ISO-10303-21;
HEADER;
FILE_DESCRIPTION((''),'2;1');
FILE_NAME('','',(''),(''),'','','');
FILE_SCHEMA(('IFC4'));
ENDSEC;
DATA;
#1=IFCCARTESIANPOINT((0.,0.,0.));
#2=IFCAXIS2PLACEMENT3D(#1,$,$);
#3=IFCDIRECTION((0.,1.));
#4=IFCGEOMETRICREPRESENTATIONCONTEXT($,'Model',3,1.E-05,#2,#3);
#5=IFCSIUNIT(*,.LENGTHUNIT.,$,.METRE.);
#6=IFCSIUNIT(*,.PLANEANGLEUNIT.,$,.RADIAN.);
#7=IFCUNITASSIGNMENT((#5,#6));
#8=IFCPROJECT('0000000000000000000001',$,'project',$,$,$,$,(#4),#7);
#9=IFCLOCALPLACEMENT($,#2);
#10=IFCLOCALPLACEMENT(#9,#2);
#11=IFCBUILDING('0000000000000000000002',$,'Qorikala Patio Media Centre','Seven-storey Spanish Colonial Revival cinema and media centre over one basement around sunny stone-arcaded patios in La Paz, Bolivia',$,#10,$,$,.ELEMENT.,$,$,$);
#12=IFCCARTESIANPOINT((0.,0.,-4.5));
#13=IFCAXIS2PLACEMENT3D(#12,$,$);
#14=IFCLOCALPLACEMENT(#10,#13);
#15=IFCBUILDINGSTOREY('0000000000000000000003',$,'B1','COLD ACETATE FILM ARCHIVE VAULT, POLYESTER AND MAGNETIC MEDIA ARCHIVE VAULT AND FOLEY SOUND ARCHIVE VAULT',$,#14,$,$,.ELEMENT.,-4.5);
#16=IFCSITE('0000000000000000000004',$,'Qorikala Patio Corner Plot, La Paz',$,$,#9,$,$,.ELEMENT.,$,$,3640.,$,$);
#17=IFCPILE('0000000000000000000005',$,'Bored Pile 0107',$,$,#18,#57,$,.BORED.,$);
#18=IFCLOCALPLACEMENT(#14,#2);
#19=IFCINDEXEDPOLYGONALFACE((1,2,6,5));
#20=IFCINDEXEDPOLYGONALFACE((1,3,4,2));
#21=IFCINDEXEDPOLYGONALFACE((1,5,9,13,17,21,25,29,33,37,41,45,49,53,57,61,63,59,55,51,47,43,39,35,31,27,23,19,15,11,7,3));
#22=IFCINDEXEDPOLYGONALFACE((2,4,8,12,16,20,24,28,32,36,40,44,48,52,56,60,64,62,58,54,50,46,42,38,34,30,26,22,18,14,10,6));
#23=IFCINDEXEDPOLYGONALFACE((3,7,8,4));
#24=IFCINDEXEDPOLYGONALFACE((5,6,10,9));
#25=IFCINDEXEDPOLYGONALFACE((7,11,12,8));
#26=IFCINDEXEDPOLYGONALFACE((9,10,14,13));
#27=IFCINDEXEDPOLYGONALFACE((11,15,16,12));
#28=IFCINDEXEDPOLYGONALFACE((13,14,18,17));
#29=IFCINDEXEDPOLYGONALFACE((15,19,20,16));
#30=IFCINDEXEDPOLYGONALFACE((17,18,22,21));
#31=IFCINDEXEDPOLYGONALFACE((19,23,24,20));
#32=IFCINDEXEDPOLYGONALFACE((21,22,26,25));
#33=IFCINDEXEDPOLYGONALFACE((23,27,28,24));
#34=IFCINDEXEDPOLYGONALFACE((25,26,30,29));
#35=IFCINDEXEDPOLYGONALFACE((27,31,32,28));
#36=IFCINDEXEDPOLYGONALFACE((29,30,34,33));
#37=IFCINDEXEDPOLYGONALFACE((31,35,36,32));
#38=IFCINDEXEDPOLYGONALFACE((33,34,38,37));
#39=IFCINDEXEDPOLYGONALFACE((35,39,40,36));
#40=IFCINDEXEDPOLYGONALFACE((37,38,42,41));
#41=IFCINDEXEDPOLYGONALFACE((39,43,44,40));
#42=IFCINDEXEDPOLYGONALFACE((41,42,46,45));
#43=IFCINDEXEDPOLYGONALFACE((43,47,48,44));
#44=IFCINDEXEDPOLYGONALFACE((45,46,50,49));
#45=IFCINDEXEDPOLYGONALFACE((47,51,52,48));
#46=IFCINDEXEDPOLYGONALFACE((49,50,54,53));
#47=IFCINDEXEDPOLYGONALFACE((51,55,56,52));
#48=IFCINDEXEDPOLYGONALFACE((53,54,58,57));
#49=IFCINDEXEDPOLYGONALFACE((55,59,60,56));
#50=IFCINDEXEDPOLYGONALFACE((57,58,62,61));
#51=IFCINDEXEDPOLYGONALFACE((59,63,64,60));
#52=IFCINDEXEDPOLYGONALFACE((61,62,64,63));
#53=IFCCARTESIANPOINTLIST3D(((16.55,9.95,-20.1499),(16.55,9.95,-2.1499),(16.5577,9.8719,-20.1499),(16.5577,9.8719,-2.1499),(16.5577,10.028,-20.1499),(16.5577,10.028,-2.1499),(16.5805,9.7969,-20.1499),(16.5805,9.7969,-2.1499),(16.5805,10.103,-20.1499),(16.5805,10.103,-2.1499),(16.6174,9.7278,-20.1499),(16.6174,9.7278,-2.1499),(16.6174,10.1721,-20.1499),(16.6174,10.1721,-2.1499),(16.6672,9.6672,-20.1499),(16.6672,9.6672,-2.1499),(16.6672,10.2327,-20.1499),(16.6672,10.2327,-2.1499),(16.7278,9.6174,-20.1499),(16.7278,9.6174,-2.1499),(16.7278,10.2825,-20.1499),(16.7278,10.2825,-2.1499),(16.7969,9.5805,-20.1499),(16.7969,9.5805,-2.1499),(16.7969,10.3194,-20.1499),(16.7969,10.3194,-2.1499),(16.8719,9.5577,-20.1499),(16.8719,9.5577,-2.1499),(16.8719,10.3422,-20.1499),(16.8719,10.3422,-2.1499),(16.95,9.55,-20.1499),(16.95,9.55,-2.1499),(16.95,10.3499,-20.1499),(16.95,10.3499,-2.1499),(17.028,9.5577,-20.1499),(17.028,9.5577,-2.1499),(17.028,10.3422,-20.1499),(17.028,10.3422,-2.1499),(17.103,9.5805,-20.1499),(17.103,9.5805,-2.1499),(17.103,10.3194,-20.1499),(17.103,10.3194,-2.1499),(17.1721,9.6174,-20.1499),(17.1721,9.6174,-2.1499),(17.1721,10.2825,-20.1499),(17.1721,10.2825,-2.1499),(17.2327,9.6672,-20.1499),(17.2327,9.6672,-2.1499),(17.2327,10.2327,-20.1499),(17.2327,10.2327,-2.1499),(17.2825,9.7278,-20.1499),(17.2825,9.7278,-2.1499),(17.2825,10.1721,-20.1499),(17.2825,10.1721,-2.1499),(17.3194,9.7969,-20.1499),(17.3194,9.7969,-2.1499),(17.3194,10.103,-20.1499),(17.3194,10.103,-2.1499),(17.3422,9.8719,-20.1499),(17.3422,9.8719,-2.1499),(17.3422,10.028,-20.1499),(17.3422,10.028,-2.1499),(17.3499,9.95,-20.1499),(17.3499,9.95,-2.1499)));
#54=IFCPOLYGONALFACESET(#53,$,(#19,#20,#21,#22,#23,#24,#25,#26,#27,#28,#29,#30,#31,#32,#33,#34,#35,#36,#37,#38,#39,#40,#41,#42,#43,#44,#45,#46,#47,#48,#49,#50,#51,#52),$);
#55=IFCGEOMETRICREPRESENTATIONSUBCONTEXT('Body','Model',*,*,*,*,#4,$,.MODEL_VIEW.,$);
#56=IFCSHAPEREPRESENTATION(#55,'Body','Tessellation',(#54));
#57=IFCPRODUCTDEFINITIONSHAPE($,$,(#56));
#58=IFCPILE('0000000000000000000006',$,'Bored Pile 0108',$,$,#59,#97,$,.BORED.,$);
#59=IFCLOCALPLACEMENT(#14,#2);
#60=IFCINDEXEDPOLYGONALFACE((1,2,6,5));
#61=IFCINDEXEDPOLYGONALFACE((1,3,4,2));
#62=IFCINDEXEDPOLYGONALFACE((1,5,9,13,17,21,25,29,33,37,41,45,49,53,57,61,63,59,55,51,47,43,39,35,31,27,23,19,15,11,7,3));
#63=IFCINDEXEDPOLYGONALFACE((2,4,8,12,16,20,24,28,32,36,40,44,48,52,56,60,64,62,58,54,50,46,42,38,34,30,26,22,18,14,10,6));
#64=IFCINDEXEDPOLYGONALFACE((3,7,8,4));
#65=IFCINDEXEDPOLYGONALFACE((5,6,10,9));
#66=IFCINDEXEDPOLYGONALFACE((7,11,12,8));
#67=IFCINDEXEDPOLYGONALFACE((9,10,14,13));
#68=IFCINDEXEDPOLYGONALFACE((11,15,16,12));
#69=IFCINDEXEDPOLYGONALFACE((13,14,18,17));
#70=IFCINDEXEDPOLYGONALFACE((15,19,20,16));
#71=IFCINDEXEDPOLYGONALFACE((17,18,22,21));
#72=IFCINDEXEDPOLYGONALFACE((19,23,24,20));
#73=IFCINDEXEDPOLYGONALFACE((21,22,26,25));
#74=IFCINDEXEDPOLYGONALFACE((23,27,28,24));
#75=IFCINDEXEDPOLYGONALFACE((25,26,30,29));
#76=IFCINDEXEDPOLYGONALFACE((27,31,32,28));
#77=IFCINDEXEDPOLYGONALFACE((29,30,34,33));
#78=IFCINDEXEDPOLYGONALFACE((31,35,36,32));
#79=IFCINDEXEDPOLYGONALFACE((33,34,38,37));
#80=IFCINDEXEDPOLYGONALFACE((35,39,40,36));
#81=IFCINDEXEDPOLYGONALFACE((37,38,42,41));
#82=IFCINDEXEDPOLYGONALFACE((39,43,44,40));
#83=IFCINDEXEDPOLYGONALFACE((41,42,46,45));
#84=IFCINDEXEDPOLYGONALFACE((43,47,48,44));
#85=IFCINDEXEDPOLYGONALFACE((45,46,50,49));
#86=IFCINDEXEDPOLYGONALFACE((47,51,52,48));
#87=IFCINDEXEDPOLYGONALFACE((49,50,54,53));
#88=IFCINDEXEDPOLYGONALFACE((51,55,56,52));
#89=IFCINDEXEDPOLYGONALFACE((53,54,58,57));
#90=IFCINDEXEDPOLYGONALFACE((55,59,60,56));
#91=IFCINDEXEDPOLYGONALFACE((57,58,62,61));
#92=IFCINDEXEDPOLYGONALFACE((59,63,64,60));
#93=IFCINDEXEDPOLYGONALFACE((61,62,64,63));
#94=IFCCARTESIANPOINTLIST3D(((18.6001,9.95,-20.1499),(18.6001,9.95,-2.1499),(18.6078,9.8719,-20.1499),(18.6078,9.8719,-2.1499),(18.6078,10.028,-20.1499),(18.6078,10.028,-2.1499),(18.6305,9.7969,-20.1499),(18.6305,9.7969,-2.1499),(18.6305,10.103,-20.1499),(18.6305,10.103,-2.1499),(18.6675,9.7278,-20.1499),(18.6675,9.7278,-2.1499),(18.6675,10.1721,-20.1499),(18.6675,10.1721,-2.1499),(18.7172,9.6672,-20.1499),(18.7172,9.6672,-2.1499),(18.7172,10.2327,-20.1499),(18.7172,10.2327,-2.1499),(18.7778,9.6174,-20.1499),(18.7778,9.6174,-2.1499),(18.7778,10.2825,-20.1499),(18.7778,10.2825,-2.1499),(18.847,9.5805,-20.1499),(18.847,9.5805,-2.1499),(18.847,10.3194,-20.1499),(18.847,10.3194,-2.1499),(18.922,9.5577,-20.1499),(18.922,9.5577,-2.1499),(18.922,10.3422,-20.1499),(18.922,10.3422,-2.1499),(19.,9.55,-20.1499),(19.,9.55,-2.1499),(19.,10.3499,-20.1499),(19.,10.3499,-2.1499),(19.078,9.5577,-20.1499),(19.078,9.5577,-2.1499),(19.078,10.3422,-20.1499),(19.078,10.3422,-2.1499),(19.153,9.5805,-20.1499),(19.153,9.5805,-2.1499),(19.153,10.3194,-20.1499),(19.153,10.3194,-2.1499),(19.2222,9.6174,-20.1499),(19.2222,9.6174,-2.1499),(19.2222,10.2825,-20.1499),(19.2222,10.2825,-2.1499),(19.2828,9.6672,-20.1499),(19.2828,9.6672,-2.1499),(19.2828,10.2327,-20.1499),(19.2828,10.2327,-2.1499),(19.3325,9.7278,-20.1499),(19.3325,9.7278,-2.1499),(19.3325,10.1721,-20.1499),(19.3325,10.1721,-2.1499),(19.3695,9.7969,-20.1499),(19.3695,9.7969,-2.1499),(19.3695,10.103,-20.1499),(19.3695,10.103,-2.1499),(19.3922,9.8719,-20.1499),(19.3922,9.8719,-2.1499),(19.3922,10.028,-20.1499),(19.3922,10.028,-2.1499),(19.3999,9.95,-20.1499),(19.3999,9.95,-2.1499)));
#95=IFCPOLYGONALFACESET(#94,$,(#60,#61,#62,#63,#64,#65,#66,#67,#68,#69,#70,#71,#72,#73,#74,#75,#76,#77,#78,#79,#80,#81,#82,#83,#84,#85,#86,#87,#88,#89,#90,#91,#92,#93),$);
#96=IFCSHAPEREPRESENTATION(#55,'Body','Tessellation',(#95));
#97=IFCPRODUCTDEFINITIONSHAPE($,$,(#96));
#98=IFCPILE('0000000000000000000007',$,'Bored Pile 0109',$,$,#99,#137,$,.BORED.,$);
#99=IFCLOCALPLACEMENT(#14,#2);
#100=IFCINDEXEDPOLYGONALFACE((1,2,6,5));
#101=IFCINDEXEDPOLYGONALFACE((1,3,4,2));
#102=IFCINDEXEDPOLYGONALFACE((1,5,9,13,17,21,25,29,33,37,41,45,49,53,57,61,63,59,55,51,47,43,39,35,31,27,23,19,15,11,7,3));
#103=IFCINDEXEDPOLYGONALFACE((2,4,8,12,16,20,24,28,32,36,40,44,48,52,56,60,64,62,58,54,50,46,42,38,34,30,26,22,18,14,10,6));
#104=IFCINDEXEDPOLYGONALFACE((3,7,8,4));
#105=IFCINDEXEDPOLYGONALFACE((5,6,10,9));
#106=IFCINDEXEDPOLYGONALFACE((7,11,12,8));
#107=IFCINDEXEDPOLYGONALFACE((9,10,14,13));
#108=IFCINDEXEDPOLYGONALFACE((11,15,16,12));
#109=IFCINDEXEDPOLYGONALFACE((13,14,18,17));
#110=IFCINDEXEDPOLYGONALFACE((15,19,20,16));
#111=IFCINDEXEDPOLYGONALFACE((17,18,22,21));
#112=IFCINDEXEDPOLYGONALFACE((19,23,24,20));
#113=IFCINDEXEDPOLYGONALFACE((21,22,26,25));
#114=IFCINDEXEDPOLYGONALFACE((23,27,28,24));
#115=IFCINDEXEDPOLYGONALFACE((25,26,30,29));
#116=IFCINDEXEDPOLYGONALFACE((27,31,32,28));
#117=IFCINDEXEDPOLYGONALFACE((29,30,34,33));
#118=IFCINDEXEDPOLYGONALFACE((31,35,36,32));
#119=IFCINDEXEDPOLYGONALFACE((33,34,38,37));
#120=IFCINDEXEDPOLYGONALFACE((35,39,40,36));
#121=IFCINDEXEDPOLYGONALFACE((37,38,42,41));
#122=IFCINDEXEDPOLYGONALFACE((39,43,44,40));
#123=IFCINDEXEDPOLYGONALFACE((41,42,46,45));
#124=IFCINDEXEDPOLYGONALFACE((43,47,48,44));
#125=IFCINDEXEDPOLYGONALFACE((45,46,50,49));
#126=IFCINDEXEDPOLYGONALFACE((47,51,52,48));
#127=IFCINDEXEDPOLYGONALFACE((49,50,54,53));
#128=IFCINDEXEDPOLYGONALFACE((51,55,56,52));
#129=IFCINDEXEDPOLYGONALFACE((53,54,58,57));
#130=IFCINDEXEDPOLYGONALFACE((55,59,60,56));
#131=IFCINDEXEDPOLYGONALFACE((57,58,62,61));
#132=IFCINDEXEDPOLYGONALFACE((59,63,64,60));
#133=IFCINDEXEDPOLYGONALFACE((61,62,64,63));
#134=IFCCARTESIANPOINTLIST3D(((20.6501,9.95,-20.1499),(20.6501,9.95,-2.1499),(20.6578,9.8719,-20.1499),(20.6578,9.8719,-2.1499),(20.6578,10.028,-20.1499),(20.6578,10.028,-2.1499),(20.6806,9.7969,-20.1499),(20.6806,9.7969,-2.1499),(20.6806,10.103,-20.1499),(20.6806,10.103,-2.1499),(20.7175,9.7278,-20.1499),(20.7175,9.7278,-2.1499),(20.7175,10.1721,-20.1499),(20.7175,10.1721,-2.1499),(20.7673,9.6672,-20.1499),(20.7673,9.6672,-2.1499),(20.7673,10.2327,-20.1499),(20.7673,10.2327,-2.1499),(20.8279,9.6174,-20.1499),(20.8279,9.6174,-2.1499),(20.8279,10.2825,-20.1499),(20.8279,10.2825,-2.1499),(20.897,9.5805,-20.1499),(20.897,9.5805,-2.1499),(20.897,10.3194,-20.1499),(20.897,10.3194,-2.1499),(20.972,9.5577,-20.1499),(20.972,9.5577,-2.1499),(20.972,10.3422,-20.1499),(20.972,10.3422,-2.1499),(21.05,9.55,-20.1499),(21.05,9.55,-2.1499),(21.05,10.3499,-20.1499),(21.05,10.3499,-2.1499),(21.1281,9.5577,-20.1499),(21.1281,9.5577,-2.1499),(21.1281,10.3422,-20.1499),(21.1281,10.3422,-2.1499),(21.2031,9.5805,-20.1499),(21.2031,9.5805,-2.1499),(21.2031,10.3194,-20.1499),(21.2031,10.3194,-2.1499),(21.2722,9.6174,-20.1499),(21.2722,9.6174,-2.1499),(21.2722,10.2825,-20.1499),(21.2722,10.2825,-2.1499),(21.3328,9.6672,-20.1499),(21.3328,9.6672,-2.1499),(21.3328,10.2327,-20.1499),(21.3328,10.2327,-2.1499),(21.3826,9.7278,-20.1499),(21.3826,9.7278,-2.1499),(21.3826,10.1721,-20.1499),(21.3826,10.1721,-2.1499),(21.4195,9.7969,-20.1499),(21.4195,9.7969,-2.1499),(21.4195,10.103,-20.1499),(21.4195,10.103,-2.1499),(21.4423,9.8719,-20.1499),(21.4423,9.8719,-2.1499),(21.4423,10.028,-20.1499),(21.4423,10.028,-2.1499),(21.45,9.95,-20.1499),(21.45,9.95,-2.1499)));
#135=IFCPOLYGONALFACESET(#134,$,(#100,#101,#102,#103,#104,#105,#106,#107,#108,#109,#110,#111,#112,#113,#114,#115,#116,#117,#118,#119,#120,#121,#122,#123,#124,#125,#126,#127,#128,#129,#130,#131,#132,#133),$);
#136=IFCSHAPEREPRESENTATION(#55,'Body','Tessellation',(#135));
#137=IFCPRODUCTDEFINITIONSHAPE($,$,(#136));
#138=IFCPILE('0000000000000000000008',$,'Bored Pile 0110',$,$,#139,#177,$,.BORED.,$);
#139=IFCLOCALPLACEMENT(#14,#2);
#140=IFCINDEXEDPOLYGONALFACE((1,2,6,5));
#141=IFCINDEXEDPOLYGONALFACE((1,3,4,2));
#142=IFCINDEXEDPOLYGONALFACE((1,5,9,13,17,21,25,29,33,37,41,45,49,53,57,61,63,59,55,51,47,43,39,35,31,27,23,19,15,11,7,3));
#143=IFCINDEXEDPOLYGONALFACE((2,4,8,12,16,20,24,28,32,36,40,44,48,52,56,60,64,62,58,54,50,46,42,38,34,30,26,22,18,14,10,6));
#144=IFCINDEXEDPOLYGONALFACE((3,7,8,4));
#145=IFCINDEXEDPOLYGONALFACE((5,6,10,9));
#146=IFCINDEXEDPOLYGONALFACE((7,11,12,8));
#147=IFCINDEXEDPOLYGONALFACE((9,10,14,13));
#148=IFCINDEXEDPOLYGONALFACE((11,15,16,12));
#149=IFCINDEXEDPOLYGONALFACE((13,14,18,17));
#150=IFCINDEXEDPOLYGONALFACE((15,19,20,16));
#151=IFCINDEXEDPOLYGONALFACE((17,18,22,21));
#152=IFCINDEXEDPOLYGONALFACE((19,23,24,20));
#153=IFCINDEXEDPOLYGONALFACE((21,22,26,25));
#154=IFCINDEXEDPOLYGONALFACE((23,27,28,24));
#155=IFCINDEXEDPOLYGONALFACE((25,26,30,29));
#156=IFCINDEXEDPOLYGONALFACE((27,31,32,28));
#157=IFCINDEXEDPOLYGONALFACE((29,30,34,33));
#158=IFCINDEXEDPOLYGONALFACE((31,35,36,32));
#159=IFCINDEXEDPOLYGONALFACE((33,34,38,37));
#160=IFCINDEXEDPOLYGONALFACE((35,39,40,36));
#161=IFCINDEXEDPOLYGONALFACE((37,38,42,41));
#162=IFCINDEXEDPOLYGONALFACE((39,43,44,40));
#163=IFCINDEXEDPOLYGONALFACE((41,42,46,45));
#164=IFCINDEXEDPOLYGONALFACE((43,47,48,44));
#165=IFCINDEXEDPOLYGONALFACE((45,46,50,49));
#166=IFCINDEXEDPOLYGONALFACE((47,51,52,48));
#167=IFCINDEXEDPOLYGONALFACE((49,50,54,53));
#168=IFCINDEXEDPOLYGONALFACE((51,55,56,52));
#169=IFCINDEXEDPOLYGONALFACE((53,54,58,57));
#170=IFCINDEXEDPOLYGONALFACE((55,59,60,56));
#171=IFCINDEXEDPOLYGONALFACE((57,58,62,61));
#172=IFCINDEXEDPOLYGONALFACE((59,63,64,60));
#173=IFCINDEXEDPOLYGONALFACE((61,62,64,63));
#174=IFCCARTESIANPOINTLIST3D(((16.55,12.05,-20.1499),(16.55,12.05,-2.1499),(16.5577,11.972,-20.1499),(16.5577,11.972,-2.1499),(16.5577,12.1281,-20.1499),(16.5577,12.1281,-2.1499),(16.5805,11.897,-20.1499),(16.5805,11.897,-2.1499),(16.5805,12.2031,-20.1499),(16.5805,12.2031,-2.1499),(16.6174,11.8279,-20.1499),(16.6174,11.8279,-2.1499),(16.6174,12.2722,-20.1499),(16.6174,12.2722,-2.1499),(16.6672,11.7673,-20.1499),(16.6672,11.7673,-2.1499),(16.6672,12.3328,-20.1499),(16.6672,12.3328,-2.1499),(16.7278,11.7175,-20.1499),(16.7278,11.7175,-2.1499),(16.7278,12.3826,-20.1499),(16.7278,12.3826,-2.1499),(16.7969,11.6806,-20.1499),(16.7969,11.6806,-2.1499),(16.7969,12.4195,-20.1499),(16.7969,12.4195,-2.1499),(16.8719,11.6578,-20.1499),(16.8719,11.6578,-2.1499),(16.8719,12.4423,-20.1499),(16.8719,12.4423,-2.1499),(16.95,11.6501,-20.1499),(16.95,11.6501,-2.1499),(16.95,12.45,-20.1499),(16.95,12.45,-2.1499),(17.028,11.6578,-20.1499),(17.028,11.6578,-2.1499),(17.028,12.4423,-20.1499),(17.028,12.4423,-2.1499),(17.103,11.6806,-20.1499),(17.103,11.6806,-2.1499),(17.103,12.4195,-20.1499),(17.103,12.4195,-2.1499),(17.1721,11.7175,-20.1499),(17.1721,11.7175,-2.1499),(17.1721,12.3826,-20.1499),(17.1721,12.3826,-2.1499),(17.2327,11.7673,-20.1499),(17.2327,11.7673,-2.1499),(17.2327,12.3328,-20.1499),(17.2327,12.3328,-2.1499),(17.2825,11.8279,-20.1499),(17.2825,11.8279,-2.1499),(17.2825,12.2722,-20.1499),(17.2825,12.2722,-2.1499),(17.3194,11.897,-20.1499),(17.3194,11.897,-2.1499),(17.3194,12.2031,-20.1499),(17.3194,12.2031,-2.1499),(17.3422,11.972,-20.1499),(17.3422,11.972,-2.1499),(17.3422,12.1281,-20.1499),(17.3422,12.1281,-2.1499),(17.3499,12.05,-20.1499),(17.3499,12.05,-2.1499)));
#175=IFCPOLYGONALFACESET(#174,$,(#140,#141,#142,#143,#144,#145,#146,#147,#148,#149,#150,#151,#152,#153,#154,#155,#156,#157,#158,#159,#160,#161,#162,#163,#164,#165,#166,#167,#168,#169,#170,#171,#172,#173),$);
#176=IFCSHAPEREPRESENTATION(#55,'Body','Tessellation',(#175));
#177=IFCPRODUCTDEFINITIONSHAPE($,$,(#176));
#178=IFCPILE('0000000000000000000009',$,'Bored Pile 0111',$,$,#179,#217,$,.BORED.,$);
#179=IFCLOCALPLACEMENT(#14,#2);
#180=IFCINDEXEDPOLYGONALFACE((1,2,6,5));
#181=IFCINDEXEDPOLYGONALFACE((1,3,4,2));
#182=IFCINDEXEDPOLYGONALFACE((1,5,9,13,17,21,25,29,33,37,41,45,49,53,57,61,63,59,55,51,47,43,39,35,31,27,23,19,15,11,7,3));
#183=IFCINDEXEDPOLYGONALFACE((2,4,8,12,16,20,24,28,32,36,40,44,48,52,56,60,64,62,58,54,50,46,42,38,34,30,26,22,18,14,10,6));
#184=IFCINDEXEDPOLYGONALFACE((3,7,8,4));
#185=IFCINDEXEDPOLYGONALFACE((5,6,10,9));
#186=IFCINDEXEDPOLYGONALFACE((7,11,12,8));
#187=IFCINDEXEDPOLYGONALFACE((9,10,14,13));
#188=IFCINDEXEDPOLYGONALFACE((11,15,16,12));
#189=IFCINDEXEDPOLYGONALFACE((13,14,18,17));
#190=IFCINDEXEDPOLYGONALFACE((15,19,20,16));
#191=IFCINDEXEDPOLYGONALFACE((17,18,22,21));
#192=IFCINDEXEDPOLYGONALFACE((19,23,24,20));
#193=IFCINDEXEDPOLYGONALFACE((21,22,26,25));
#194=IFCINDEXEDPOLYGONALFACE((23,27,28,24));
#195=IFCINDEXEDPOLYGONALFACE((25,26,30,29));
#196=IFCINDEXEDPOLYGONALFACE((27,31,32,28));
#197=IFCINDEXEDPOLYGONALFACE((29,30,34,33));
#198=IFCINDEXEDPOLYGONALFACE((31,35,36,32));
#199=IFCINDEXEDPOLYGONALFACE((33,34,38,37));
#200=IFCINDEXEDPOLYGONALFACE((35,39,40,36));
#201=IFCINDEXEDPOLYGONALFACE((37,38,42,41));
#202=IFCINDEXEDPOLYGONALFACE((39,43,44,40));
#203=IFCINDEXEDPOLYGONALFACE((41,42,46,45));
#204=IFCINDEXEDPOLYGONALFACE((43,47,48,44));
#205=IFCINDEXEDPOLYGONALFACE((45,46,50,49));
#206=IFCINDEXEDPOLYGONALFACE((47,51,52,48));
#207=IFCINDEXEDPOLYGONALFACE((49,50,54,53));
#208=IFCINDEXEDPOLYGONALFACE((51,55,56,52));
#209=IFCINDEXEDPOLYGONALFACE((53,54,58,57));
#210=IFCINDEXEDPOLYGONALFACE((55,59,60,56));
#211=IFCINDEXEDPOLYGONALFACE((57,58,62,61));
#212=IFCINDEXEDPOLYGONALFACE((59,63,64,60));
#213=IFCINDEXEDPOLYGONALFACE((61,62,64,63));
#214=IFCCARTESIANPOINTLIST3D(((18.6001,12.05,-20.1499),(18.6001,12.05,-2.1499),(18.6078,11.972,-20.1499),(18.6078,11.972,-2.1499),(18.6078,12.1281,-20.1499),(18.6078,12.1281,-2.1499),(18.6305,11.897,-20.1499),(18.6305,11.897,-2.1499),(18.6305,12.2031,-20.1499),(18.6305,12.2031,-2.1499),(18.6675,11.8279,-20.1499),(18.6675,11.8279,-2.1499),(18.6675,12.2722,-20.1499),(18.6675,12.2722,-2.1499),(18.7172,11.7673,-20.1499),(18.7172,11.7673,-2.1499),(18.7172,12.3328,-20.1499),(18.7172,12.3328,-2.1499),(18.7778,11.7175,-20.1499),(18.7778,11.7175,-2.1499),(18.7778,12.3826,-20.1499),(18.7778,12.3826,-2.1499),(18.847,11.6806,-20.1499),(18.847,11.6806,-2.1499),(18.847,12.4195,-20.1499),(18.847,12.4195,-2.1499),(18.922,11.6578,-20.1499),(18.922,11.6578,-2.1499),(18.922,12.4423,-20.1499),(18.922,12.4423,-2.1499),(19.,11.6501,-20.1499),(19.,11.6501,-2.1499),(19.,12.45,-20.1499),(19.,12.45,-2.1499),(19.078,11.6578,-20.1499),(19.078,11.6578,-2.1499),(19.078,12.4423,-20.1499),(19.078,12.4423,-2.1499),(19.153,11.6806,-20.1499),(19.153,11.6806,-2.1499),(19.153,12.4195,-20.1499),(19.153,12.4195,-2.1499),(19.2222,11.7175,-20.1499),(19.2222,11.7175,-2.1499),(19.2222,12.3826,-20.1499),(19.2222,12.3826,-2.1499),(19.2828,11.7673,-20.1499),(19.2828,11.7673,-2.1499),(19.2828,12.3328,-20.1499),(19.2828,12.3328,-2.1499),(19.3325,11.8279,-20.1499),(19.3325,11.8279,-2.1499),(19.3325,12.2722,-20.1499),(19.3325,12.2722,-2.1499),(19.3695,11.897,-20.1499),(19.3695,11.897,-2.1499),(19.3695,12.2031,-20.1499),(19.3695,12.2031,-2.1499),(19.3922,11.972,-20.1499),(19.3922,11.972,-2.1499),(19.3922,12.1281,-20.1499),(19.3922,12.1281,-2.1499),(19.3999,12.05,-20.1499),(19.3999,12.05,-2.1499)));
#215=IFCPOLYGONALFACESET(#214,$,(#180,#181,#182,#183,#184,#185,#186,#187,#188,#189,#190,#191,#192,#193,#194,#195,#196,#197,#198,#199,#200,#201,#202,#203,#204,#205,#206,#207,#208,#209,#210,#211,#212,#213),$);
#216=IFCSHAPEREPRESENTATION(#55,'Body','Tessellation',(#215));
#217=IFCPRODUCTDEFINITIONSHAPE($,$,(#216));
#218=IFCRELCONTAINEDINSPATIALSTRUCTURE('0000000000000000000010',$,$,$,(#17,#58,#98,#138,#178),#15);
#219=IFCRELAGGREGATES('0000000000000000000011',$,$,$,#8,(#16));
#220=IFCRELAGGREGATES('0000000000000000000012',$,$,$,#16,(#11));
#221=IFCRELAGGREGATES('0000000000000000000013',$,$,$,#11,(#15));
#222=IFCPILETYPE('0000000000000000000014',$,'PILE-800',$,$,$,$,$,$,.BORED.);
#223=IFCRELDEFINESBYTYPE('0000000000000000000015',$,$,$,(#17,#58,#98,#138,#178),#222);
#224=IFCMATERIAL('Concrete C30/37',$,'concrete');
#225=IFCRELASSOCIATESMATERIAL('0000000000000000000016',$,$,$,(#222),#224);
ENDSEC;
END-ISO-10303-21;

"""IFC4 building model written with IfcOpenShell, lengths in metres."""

from ifc_helpers import new_model, si_unit, direction, frame, origin, origin_2d, place, context, subcontext, project, spatial, circle, extrude, material, material_profile, profile_set, type_object, element, save


model = new_model("IFC4")

# Units and contexts
model_context = context("Model", 3, precision=1e-05, world=origin(), true_north=direction((0.0, 1.0)))
body_context = subcontext(model_context, "Body", "Model", "MODEL_VIEW")
ifc_project = project(units=[si_unit("LENGTHUNIT", "METRE"), si_unit("PLANEANGLEUNIT", "RADIAN")], contexts=[model_context])

# Site, building, storey
site_placement = place(None, origin())
site = spatial("IfcSite", under=ifc_project, at=site_placement, Name="Qorikala Patio Corner Plot, La Paz", CompositionType="ELEMENT", RefElevation=3640.0)
building_placement = place(site_placement, origin())
building = spatial("IfcBuilding", under=site, at=building_placement, Name="Qorikala Patio Media Centre", Description="Seven-storey Spanish Colonial Revival cinema and media centre over one basement around sunny stone-arcaded patios in La Paz, Bolivia", CompositionType="ELEMENT")
storey_placement = place(building_placement, frame((0.0, 0.0, -4.5)))
storey = spatial("IfcBuildingStorey", under=building, at=storey_placement, Name="B1", Description="COLD ACETATE FILM ARCHIVE VAULT, POLYESTER AND MAGNETIC MEDIA ARCHIVE VAULT AND FOLEY SOUND ARCHIVE VAULT", CompositionType="ELEMENT", Elevation=-4.5)

# Shared definitions
ifc_material_1 = material(Name="Concrete C30/37", Category="concrete")

# Piles
ifc_material_profile_1 = material_profile(ifc_material_1, circle(Radius=0.3999, at=origin_2d()), Name="BORED PILE 800")
ifc_profile_set_1 = profile_set([ifc_material_profile_1], Name="Concrete C30/37")
pile_type = type_object("IfcPileType", Name="PILE-800", PredefinedType="BORED", material=ifc_profile_set_1)
for number, where, z_axis, x_axis, name in (
    (1, (16.95, 9.95, -2.1499), (0.0, 0.0, -1.0), (1.0, 0.0, 0.0), "Bored Pile 0107"),
    (2, (19.0, 9.95, -2.1499), (0.0, 0.0, -1.0), (1.0, 0.0, 0.0), "Bored Pile 0108"),
    (3, (21.05, 9.95, -2.1499), (0.0, 0.0, -1.0), (1.0, 0.0, 0.0), "Bored Pile 0109"),
    (4, (16.95, 12.05, -2.1499), (0.0, 0.0, -1.0), (1.0, 0.0, 0.0), "Bored Pile 0110"),
    (5, (19.0, 12.05, -2.1499), (0.0, 0.0, -1.0), (1.0, 0.0, 0.0), "Bored Pile 0111"),
):
    element("IfcPile", number, at=place(storey_placement, frame(where, z_axis=z_axis, x_axis=x_axis)), inside=storey, type_object=pile_type, Name=name, PredefinedType="BORED", context=body_context, shape_type="SweptSolid", body=[
        extrude(circle(Radius=0.3999, at=origin_2d()), origin(), (0.0, 0.0, 1.0), 18.0),
    ])

save(model, "model.ifc")
